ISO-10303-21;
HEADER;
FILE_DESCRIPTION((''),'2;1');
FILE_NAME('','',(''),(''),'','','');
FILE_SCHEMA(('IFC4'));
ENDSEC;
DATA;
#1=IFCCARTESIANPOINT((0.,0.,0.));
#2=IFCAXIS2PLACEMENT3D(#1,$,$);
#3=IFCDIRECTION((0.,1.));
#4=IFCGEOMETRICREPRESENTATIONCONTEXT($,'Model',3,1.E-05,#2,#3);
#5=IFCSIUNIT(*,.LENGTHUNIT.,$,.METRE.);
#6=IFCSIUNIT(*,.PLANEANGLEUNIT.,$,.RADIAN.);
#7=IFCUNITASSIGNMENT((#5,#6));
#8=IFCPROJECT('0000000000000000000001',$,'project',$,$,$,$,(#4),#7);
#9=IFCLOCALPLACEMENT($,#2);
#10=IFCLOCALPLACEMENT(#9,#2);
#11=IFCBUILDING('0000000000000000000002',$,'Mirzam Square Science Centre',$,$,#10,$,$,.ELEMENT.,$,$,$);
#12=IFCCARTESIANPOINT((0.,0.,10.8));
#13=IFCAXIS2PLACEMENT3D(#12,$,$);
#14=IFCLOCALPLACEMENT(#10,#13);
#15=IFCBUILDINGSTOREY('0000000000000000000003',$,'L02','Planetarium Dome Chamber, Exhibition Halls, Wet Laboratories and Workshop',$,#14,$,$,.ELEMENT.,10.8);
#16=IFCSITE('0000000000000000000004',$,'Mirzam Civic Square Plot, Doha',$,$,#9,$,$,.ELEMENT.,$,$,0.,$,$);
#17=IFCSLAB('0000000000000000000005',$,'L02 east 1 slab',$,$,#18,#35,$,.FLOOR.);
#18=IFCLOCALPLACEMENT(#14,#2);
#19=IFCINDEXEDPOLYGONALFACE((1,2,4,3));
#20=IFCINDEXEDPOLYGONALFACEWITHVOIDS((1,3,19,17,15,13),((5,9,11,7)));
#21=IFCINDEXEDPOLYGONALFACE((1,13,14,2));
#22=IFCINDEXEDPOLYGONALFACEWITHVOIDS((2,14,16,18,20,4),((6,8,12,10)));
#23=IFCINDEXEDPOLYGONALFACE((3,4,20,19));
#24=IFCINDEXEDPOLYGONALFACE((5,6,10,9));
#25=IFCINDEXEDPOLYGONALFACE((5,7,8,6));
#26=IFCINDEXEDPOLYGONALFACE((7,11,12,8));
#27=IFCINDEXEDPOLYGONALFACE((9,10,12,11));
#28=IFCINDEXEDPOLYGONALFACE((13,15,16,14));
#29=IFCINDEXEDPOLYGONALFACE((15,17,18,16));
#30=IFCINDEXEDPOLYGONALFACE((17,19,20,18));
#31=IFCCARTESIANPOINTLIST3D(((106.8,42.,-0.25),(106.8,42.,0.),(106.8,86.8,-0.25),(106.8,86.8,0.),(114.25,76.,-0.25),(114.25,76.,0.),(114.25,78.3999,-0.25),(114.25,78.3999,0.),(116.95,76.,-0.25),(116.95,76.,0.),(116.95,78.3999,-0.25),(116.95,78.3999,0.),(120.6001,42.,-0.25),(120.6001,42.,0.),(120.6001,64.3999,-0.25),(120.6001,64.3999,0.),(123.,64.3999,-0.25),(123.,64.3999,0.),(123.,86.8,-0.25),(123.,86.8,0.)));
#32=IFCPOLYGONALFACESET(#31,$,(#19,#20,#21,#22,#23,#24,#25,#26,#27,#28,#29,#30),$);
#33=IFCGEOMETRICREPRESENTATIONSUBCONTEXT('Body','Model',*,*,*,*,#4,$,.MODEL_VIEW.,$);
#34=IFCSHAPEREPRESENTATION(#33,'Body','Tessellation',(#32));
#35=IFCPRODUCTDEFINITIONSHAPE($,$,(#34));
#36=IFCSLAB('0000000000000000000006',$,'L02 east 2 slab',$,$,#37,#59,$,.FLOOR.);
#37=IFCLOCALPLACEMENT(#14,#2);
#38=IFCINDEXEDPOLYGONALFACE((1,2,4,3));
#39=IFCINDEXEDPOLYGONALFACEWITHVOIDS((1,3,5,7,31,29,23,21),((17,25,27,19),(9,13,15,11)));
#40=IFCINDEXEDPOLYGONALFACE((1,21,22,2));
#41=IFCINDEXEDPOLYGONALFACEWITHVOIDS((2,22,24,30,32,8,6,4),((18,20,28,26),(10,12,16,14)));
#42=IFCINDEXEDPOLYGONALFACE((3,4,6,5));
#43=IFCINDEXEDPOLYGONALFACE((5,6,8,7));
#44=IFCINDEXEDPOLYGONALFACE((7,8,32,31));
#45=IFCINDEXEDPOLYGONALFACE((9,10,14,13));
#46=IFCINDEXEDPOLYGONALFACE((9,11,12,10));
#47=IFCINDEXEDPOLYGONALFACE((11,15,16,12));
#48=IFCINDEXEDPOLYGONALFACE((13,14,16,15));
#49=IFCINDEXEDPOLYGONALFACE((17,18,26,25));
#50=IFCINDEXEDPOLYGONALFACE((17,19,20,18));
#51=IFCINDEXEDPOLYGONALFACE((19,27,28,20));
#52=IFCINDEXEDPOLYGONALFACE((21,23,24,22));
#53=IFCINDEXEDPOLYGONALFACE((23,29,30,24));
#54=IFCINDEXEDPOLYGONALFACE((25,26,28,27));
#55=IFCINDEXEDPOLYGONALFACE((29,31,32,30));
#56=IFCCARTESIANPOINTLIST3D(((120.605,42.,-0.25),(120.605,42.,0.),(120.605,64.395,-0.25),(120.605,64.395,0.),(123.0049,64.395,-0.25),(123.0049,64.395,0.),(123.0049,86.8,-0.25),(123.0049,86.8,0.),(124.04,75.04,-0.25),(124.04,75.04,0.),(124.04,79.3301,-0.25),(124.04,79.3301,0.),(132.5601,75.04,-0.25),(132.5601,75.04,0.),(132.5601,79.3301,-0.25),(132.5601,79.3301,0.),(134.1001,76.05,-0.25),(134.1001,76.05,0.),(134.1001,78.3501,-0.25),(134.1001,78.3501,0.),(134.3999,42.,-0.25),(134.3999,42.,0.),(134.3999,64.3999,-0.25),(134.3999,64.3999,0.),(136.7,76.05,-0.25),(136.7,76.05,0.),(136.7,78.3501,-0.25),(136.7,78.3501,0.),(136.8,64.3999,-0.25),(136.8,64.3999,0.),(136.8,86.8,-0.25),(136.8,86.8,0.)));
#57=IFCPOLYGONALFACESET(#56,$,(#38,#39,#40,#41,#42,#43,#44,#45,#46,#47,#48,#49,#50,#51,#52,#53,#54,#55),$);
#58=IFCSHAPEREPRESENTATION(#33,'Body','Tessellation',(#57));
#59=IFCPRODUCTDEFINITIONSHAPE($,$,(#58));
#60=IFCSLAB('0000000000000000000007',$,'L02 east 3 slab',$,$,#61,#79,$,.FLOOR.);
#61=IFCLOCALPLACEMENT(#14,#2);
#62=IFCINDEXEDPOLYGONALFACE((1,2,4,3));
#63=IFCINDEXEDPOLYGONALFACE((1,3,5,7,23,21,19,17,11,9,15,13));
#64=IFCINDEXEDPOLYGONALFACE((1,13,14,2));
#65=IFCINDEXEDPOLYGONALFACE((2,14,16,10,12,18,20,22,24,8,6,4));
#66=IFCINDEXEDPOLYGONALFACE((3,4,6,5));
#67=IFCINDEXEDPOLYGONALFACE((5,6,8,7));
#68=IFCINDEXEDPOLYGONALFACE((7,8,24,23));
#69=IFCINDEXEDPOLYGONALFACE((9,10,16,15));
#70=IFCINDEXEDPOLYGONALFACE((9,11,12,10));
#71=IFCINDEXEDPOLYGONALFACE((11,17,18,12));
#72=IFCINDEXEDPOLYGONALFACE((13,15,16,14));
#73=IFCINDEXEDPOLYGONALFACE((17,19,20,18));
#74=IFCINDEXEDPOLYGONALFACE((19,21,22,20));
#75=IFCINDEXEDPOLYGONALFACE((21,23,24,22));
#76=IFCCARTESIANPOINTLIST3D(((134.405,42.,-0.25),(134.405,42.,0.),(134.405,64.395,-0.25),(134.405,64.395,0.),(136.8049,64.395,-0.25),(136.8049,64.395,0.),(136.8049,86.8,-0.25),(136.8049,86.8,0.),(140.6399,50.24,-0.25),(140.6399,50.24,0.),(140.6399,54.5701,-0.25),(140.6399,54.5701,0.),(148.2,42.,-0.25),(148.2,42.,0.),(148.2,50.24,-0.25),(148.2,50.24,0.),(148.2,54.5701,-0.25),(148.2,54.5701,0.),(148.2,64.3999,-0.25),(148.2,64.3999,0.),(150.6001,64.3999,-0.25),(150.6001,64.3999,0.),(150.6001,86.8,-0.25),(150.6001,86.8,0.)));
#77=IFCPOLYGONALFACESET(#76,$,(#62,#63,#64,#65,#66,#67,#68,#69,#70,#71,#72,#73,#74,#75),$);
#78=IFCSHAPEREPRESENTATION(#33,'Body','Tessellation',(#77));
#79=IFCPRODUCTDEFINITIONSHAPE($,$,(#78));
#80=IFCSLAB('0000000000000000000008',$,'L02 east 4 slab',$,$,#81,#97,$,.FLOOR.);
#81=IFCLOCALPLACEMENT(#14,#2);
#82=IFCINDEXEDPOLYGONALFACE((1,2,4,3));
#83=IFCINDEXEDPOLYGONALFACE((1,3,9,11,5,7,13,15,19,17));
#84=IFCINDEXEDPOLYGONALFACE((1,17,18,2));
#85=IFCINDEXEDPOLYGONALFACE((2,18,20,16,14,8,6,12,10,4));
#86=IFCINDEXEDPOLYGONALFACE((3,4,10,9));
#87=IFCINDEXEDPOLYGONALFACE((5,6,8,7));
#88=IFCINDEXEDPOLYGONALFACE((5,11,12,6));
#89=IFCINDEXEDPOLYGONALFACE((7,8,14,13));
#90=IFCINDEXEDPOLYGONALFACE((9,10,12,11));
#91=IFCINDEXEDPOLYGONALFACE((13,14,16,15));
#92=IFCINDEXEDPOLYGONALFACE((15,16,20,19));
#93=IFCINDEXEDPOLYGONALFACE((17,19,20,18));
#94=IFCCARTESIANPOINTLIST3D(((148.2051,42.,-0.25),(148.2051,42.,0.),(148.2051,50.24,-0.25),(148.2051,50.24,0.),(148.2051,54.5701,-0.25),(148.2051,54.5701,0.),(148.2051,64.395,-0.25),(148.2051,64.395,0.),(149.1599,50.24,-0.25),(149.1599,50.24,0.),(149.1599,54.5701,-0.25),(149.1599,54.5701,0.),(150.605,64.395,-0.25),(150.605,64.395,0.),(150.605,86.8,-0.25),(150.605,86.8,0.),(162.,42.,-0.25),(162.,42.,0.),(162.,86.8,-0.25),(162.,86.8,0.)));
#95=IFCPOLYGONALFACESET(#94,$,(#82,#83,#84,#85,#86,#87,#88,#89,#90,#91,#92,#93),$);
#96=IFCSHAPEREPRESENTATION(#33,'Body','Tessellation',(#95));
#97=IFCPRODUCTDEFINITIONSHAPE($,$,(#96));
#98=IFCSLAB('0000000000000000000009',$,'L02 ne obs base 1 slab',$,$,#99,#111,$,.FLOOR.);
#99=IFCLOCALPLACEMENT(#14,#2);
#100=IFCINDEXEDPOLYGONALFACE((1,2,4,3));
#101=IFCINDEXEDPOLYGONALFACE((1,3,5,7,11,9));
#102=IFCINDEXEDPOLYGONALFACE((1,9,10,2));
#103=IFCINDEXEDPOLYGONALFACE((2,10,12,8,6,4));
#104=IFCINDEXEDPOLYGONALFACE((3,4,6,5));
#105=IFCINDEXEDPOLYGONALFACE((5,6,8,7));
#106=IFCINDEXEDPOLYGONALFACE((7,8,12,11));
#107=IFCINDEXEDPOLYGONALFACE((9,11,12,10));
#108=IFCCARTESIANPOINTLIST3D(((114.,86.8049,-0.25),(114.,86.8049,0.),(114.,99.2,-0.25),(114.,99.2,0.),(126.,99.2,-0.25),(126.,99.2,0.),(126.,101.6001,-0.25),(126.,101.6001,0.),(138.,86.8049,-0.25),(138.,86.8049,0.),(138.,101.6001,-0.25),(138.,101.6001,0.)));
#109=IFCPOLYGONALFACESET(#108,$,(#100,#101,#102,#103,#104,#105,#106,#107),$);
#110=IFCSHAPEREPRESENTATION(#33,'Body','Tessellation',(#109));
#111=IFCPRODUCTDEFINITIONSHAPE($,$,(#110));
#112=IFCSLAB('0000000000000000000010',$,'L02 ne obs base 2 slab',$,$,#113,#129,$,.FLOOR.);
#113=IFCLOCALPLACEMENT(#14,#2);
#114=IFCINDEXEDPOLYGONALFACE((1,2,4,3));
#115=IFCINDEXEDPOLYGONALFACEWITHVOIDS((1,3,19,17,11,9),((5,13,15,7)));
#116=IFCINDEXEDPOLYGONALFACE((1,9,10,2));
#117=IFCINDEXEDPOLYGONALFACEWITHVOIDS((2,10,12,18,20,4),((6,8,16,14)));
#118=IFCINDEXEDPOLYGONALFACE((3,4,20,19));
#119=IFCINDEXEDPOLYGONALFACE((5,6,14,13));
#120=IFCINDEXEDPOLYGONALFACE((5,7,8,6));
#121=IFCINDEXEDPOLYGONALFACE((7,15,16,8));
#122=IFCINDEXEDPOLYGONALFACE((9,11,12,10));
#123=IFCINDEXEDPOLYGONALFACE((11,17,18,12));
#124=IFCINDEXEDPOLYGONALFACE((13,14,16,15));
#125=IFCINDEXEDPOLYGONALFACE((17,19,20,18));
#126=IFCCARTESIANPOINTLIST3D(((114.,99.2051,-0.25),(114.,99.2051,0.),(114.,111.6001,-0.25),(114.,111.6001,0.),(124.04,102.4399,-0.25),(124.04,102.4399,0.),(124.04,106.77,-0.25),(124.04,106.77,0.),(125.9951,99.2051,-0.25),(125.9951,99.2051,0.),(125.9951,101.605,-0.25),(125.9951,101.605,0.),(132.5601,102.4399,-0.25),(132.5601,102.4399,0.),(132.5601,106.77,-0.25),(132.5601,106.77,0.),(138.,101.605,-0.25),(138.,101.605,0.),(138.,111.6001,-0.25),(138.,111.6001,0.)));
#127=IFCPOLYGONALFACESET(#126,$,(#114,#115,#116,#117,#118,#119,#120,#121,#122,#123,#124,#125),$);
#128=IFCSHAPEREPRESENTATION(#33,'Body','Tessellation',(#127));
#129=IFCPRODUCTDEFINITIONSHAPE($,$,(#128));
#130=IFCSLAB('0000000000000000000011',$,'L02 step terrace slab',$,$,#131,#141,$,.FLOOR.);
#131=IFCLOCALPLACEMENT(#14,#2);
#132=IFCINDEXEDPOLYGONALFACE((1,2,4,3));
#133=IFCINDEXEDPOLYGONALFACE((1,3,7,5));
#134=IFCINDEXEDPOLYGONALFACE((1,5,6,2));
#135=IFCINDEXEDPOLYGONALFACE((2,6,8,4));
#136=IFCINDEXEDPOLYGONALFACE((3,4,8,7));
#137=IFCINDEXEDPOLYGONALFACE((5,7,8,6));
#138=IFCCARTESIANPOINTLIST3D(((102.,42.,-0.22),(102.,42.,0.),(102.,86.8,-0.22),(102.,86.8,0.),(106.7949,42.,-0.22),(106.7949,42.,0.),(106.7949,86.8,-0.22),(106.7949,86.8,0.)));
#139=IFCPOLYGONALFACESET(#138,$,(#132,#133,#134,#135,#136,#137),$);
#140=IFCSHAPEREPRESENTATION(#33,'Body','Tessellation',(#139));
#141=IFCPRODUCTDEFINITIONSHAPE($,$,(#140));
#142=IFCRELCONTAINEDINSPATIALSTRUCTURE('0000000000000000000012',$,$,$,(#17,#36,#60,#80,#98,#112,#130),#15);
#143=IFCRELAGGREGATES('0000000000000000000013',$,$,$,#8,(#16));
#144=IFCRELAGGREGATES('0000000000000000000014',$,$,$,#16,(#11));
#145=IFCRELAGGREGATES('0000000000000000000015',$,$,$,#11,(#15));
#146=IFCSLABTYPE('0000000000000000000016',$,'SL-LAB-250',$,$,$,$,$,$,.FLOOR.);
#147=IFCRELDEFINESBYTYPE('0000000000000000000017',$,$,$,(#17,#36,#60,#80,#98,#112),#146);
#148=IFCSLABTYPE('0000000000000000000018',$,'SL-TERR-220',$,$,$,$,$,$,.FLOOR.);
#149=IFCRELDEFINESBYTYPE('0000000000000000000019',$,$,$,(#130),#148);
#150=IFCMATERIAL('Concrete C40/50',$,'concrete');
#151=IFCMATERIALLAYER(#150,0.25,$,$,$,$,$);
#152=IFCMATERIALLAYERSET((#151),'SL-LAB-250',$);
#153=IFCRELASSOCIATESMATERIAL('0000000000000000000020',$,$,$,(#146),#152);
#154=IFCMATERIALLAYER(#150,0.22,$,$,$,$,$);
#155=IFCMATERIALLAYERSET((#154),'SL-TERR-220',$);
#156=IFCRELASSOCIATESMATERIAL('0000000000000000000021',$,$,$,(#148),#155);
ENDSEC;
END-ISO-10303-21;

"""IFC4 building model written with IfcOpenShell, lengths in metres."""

from ifc_helpers import new_model, si_unit, direction, frame, origin, place, context, subcontext, project, spatial, polyline, outline, extrude, material, layer, layer_set, type_object, element, save


model = new_model("IFC4")

# Units and contexts
model_context = context("Model", 3, precision=1e-05, world=origin(), true_north=direction((0.0, 1.0)))
body_context = subcontext(model_context, "Body", "Model", "MODEL_VIEW")
ifc_project = project(units=[si_unit("LENGTHUNIT", "METRE"), si_unit("PLANEANGLEUNIT", "RADIAN")], contexts=[model_context])

# Site, building, storey
site_placement = place(None, origin())
site = spatial("IfcSite", under=ifc_project, at=site_placement, Name="Mirzam Civic Square Plot, Doha", CompositionType="ELEMENT", RefElevation=0.0)
building_placement = place(site_placement, origin())
building = spatial("IfcBuilding", under=site, at=building_placement, Name="Mirzam Square Science Centre", CompositionType="ELEMENT")
storey_placement = place(building_placement, frame((0.0, 0.0, 10.8)))
storey = spatial("IfcBuildingStorey", under=building, at=storey_placement, Name="L02", Description="Planetarium Dome Chamber, Exhibition Halls, Wet Laboratories and Workshop", CompositionType="ELEMENT", Elevation=10.8)

# Slabs
ifc_material_1 = material(Name="Concrete C40/50", Category="concrete")
ifc_layer_1 = layer(ifc_material_1, 0.25)
ifc_layer_set_1 = layer_set([ifc_layer_1], Name="SL-LAB-250")
slab_type_1 = type_object("IfcSlabType", Name="SL-LAB-250", PredefinedType="FLOOR", material=ifc_layer_set_1)
slab_1_placement = place(storey_placement, frame((0.0, 0.0, -0.25)))
element("IfcSlab", 1, at=slab_1_placement, inside=storey, type_object=slab_type_1, Name="L02 east 1 slab", PredefinedType="FLOOR", context=body_context, shape_type="SweptSolid", body=[
    extrude(outline(polyline([(106.8, 86.8), (123.0, 86.8), (123.0, 64.3999), (120.6001, 64.3999), (120.6001, 42.0), (106.8, 42.0), (106.8, 86.8)]), holes=[polyline([(116.95, 78.3999), (114.25, 78.3999), (114.25, 76.0), (116.95, 76.0), (116.95, 78.3999)])]), origin(), (0.0, 0.0, 1.0), 0.25),
])
slab_2_placement = place(storey_placement, frame((0.0, 0.0, -0.25)))
element("IfcSlab", 2, at=slab_2_placement, inside=storey, type_object=slab_type_1, Name="L02 east 2 slab", PredefinedType="FLOOR", context=body_context, shape_type="SweptSolid", body=[
    extrude(outline(polyline([(136.8, 86.8), (136.8, 64.3999), (134.3999, 64.3999), (134.3999, 42.0), (120.605, 42.0), (120.605, 64.395), (123.0049, 64.395), (123.0049, 86.8), (136.8, 86.8)]), holes=[polyline([(132.5601, 79.3301), (124.04, 79.3301), (124.04, 75.04), (132.5601, 75.04), (132.5601, 79.3301)]), polyline([(136.7, 78.3501), (134.1001, 78.3501), (134.1001, 76.05), (136.7, 76.05), (136.7, 78.3501)])]), origin(), (0.0, 0.0, 1.0), 0.25),
])
slab_3_placement = place(storey_placement, frame((0.0, 0.0, -0.25)))
element("IfcSlab", 3, at=slab_3_placement, inside=storey, type_object=slab_type_1, Name="L02 east 3 slab", PredefinedType="FLOOR", context=body_context, shape_type="SweptSolid", body=[
    extrude(outline(polyline([(134.405, 42.0), (134.405, 64.395), (136.8049, 64.395), (136.8049, 86.8), (150.6001, 86.8), (150.6001, 64.3999), (148.2, 64.3999), (148.2, 54.5701), (140.6399, 54.5701), (140.6399, 50.24), (148.2, 50.24), (148.2, 42.0), (134.405, 42.0)])), origin(), (0.0, 0.0, 1.0), 0.25),
])
slab_4_placement = place(storey_placement, frame((0.0, 0.0, -0.25)))
element("IfcSlab", 4, at=slab_4_placement, inside=storey, type_object=slab_type_1, Name="L02 east 4 slab", PredefinedType="FLOOR", context=body_context, shape_type="SweptSolid", body=[
    extrude(outline(polyline([(162.0, 86.8), (162.0, 42.0), (148.2051, 42.0), (148.2051, 50.24), (149.1599, 50.24), (149.1599, 54.5701), (148.2051, 54.5701), (148.2051, 64.395), (150.605, 64.395), (150.605, 86.8), (162.0, 86.8)])), origin(), (0.0, 0.0, 1.0), 0.25),
])
slab_5_placement = place(storey_placement, frame((0.0, 0.0, -0.25)))
element("IfcSlab", 5, at=slab_5_placement, inside=storey, type_object=slab_type_1, Name="L02 ne obs base 1 slab", PredefinedType="FLOOR", context=body_context, shape_type="SweptSolid", body=[
    extrude(outline(polyline([(126.0, 99.2), (126.0, 101.6001), (138.0, 101.6001), (138.0, 86.8049), (114.0, 86.8049), (114.0, 99.2), (126.0, 99.2)])), origin(), (0.0, 0.0, 1.0), 0.25),
])
slab_6_placement = place(storey_placement, frame((0.0, 0.0, -0.25)))
element("IfcSlab", 6, at=slab_6_placement, inside=storey, type_object=slab_type_1, Name="L02 ne obs base 2 slab", PredefinedType="FLOOR", context=body_context, shape_type="SweptSolid", body=[
    extrude(outline(polyline([(114.0, 111.6001), (138.0, 111.6001), (138.0, 101.605), (125.9951, 101.605), (125.9951, 99.2051), (114.0, 99.2051), (114.0, 111.6001)]), holes=[polyline([(132.5601, 106.77), (124.04, 106.77), (124.04, 102.4399), (132.5601, 102.4399), (132.5601, 106.77)])]), origin(), (0.0, 0.0, 1.0), 0.25),
])
ifc_layer_2 = layer(ifc_material_1, 0.22)
ifc_layer_set_2 = layer_set([ifc_layer_2], Name="SL-TERR-220")
slab_type_2 = type_object("IfcSlabType", Name="SL-TERR-220", PredefinedType="FLOOR", material=ifc_layer_set_2)
slab_7_placement = place(storey_placement, frame((0.0, 0.0, -0.22)))
element("IfcSlab", 7, at=slab_7_placement, inside=storey, type_object=slab_type_2, Name="L02 step terrace slab", PredefinedType="FLOOR", context=body_context, shape_type="SweptSolid", body=[
    extrude(outline(polyline([(102.0, 86.8), (106.7949, 86.8), (106.7949, 42.0), (102.0, 42.0), (102.0, 86.8)])), origin(), (0.0, 0.0, 1.0), 0.22),
])

save(model, "model.ifc")
